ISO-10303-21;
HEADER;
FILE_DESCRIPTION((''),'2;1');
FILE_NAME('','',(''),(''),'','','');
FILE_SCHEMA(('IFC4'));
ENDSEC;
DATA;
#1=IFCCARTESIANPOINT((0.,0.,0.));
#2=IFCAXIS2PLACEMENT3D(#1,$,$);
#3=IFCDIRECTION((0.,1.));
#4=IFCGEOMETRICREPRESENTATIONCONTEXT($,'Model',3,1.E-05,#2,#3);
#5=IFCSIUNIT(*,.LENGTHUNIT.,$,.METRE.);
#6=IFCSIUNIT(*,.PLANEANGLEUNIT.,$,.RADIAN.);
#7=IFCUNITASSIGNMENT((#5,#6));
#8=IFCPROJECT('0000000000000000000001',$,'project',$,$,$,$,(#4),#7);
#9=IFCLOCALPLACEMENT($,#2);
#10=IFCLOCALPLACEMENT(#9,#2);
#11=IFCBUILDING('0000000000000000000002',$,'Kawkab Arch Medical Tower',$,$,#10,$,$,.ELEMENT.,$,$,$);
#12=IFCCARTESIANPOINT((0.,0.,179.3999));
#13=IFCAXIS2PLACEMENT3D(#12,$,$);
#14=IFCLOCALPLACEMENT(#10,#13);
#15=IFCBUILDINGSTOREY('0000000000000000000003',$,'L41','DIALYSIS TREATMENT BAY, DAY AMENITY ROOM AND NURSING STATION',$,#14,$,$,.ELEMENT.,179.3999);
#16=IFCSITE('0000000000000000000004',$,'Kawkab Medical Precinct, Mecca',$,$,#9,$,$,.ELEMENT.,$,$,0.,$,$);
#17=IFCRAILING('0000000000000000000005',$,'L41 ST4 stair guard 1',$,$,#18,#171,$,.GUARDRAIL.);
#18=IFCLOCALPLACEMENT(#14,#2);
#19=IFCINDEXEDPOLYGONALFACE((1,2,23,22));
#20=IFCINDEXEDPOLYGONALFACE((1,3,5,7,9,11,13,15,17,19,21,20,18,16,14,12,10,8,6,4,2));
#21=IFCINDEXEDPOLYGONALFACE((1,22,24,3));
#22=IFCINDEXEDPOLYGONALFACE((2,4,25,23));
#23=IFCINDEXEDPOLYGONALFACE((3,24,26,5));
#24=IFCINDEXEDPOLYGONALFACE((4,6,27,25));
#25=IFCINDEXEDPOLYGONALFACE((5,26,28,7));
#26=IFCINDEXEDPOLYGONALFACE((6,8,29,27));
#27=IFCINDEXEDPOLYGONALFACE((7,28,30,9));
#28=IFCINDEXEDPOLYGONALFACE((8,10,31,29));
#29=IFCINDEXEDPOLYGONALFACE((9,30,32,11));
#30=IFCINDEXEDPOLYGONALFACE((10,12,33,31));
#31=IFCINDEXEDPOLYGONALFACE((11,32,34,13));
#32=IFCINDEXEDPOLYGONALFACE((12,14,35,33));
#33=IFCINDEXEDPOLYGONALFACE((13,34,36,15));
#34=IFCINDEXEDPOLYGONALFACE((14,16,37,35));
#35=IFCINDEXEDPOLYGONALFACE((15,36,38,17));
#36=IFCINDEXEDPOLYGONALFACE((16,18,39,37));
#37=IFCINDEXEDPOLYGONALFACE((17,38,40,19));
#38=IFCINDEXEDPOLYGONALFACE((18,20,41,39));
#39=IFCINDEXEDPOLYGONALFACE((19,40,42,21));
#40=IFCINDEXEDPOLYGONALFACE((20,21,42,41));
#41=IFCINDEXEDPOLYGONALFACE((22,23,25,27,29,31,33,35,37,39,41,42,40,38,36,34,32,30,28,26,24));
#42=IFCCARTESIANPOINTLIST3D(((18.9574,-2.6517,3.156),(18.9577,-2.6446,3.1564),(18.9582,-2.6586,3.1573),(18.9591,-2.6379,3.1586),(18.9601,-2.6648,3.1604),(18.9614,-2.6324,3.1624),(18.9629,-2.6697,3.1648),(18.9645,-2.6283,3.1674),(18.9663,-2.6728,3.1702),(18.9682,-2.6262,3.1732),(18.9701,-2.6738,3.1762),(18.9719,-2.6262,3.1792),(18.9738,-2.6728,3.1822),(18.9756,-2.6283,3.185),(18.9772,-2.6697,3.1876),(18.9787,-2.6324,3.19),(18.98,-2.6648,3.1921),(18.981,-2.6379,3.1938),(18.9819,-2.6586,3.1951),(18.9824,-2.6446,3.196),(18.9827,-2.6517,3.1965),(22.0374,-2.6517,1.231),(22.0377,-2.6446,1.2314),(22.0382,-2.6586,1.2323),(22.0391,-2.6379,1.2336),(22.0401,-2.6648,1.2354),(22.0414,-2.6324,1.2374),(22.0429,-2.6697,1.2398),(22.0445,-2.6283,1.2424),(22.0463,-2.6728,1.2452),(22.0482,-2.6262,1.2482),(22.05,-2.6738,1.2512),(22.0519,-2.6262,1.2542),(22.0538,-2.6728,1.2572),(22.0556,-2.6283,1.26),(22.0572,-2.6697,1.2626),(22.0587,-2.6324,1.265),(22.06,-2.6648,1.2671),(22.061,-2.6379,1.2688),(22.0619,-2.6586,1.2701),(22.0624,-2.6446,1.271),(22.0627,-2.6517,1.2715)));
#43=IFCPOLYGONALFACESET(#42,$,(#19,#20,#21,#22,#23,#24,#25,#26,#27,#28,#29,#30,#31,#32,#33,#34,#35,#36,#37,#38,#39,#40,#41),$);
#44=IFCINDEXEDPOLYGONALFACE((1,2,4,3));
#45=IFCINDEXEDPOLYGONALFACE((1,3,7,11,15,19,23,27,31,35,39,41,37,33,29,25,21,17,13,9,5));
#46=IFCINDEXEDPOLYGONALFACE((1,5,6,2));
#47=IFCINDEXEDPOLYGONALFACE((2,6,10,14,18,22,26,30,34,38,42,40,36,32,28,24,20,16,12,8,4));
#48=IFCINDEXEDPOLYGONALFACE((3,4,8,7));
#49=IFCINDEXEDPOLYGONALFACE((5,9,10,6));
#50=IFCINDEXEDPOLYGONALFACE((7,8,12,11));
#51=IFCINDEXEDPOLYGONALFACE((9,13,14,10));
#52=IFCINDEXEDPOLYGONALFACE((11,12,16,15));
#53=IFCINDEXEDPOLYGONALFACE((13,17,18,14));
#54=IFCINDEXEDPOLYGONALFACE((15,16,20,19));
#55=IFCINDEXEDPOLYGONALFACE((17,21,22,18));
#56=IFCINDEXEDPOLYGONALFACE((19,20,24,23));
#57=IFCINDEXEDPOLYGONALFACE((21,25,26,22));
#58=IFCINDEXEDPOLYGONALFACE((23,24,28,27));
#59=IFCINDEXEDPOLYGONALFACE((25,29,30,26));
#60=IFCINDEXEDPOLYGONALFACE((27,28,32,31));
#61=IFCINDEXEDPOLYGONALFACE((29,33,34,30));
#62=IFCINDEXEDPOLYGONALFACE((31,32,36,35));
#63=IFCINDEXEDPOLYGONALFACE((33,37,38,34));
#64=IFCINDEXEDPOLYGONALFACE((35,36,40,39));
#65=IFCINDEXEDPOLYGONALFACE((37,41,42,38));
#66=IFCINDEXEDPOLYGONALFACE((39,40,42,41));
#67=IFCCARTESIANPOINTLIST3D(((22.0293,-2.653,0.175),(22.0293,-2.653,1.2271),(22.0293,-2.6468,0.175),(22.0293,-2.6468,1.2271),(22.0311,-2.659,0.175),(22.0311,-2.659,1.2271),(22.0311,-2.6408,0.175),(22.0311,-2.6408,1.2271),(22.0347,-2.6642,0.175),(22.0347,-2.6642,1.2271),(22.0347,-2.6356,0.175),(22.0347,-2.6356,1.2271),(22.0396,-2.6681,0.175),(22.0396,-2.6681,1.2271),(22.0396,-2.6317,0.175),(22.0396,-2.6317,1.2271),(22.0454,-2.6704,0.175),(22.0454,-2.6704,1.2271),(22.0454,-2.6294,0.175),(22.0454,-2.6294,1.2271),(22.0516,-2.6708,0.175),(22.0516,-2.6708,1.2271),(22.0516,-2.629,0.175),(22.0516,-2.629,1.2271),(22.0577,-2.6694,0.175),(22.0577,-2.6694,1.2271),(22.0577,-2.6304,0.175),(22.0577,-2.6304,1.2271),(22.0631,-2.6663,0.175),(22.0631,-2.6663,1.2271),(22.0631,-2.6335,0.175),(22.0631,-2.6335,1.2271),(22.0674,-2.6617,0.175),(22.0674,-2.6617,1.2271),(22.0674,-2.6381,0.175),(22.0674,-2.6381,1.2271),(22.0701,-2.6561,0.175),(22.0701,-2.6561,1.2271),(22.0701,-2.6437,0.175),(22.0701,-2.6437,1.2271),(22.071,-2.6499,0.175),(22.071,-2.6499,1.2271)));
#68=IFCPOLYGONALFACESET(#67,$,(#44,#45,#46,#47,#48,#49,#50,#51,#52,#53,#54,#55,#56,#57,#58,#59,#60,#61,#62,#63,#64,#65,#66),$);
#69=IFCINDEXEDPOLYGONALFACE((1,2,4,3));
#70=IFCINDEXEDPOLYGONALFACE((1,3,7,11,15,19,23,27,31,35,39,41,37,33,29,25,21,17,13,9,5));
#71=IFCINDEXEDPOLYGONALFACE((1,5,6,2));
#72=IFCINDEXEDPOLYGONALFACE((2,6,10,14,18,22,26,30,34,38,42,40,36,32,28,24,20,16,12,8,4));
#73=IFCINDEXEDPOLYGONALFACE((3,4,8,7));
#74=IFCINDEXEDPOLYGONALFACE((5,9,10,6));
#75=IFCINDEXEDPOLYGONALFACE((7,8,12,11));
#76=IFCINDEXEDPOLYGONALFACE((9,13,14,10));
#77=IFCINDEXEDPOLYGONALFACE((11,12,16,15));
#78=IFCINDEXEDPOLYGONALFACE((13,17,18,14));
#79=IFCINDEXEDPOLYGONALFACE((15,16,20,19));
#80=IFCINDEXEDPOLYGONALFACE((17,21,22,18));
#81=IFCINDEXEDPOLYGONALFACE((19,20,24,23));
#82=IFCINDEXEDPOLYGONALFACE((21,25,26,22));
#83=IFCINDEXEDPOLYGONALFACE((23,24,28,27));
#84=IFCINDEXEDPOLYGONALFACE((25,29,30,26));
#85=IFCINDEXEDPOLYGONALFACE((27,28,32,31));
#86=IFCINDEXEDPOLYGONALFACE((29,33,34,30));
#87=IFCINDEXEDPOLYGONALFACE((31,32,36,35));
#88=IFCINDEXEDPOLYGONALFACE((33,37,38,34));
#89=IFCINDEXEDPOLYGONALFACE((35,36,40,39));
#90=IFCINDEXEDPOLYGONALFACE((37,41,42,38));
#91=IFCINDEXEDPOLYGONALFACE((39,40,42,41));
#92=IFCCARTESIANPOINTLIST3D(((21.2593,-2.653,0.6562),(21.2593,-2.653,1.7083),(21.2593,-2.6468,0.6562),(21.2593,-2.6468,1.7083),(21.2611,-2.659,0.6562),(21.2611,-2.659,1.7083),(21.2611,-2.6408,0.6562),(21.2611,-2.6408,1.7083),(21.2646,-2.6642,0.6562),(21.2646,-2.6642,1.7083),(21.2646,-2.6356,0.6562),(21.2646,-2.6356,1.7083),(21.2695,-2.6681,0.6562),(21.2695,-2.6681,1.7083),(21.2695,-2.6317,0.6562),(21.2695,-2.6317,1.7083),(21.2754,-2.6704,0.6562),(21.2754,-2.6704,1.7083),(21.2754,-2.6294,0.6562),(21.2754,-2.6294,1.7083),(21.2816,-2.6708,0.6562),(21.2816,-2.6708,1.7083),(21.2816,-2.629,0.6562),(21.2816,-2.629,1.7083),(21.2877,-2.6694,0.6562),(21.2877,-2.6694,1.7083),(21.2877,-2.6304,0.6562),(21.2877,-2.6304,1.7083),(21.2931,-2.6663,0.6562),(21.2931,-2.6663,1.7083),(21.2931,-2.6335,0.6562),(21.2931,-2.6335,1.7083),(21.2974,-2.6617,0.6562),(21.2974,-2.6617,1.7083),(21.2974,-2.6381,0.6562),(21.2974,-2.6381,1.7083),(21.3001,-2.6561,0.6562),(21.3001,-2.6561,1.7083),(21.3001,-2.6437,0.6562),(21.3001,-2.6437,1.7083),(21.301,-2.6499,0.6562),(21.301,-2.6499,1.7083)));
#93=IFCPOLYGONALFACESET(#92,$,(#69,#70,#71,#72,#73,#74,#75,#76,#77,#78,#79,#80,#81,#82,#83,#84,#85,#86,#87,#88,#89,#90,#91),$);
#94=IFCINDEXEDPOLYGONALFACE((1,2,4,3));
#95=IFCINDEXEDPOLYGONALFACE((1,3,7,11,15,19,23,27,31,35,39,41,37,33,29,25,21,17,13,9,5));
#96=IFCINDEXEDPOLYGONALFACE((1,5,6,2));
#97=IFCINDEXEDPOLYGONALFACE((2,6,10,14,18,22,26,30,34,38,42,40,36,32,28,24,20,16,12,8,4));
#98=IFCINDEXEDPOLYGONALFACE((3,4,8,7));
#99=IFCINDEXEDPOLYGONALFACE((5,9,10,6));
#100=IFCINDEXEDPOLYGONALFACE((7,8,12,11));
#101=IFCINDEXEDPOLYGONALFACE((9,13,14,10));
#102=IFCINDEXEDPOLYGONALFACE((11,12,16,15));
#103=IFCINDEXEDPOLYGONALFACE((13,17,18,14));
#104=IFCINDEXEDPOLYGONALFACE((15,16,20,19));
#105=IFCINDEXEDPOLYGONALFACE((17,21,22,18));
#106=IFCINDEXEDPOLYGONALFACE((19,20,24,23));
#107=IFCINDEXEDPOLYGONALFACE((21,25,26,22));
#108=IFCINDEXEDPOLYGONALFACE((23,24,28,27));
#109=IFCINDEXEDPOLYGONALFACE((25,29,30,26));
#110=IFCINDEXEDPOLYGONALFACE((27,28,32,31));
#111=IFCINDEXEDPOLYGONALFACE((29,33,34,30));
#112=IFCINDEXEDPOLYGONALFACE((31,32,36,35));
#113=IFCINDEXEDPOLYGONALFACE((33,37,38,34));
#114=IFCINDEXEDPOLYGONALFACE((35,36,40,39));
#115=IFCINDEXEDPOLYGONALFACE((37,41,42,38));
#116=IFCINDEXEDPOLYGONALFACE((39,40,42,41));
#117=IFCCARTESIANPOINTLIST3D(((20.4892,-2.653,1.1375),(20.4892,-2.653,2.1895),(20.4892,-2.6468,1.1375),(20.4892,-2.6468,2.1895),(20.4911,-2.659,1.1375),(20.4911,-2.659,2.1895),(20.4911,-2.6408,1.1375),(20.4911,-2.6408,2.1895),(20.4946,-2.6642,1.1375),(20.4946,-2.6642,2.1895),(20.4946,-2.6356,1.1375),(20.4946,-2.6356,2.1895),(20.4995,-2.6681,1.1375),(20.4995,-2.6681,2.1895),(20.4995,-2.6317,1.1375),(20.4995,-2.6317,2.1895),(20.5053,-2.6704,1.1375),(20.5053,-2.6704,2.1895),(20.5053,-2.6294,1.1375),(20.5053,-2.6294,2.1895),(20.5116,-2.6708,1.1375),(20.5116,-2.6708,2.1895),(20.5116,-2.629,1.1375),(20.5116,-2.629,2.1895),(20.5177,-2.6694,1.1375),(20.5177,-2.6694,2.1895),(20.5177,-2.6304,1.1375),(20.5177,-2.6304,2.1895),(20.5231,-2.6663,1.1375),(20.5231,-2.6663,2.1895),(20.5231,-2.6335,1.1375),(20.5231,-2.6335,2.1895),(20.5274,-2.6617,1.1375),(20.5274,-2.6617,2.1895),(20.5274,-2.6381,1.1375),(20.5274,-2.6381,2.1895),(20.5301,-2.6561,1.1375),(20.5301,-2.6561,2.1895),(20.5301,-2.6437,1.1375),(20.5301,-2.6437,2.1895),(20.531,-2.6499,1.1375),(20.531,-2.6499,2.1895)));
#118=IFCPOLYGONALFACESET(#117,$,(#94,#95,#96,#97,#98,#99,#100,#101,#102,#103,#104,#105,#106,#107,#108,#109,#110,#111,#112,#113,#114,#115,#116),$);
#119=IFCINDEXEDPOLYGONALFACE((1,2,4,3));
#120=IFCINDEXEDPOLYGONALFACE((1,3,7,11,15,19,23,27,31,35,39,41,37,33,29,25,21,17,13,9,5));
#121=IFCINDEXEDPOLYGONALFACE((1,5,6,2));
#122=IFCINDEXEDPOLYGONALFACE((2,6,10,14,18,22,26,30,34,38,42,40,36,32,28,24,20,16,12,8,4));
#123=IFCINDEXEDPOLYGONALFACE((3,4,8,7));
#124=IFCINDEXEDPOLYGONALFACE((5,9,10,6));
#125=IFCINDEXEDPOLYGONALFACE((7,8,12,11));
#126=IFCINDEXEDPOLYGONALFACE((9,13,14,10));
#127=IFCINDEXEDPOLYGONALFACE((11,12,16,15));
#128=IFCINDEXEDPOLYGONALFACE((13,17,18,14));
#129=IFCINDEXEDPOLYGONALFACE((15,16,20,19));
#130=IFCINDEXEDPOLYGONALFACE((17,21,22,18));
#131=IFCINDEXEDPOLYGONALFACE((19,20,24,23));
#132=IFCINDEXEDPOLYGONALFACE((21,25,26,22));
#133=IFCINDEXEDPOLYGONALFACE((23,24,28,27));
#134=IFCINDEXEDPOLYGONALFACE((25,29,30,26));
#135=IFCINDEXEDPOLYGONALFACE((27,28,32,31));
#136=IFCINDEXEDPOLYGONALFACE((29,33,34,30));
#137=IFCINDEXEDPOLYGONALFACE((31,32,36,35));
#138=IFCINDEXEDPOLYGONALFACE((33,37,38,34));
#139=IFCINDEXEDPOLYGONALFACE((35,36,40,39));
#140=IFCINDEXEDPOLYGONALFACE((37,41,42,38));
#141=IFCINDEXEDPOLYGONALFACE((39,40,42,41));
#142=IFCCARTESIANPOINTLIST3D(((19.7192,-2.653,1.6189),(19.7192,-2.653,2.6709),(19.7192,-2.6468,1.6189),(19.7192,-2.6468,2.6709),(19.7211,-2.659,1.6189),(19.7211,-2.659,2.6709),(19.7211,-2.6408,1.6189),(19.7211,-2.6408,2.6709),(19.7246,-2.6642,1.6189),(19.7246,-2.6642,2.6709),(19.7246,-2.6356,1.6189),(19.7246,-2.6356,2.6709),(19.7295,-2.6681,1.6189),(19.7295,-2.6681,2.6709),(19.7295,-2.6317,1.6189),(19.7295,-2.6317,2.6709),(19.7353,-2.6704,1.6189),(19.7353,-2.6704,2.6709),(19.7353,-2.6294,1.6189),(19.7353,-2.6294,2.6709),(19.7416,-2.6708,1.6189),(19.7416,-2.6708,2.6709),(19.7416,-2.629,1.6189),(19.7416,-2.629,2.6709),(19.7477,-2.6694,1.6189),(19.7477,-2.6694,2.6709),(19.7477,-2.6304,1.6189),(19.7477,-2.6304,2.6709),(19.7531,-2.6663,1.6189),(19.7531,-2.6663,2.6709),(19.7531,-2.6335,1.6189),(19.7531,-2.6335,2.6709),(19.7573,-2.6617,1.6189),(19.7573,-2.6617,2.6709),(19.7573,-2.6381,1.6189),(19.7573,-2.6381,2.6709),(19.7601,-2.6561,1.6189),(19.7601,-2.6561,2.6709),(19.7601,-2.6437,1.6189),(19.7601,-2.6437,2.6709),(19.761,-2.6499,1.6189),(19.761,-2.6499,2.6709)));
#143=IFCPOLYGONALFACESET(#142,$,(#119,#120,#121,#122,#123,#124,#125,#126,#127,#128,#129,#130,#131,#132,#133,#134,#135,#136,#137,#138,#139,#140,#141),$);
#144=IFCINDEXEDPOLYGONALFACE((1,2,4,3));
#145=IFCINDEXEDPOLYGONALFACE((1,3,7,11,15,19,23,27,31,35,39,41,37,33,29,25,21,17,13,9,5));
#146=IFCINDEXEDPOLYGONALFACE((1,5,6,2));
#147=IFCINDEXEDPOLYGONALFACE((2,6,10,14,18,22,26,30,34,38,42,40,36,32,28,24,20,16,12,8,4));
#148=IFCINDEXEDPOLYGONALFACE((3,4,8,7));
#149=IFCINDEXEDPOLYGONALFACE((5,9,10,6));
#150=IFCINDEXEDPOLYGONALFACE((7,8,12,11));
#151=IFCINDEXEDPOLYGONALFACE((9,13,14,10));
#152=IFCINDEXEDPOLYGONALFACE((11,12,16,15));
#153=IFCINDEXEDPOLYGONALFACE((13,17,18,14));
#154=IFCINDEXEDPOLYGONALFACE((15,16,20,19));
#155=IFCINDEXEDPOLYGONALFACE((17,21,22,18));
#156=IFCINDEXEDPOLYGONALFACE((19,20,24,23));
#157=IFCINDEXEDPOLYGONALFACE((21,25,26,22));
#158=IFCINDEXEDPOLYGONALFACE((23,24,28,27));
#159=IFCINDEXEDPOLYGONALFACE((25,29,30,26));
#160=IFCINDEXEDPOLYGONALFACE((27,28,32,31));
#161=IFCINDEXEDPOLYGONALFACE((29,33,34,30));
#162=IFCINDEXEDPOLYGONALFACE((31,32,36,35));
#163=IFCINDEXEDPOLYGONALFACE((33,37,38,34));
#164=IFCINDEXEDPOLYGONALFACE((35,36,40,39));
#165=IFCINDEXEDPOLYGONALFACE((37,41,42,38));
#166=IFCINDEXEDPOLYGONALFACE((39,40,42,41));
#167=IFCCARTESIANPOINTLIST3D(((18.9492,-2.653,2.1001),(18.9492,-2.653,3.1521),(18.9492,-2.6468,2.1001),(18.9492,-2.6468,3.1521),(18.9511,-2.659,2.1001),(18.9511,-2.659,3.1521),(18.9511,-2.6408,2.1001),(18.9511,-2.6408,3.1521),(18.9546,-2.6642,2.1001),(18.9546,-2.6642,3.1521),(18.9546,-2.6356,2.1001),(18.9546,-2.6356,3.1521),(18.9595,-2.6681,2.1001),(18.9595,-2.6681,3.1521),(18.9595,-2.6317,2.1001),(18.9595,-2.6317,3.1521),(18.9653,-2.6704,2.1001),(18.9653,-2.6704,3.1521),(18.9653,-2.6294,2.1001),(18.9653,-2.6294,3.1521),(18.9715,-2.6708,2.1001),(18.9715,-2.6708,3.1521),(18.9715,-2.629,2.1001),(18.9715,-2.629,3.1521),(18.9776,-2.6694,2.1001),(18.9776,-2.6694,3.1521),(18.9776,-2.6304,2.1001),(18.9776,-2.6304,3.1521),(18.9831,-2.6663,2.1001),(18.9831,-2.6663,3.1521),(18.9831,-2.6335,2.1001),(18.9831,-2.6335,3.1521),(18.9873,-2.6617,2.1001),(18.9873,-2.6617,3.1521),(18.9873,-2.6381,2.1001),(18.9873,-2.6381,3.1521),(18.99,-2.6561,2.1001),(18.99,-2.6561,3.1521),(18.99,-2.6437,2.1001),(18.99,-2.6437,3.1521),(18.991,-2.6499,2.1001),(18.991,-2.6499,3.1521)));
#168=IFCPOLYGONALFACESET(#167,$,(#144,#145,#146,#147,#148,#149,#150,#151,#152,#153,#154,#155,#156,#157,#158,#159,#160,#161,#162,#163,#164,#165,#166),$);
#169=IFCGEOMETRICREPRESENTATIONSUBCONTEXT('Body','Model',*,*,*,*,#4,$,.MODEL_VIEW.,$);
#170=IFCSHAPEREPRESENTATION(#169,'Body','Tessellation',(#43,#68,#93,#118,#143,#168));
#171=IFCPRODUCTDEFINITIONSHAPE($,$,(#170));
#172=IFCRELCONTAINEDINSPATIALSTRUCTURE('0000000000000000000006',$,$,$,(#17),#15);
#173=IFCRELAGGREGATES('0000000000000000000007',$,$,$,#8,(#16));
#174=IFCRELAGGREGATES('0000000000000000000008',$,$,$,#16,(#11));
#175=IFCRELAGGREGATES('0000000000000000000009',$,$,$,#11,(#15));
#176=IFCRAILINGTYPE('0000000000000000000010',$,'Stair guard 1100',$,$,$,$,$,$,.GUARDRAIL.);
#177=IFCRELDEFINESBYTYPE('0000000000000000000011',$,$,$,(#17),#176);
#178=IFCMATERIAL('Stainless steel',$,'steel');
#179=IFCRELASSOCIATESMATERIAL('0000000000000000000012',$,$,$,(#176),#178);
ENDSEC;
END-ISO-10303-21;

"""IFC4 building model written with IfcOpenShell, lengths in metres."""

from ifc_helpers import new_model, si_unit, direction, frame, origin, origin_2d, place, context, subcontext, project, spatial, circle, extrude, material, type_object, element, save


model = new_model("IFC4")

# Units and contexts
model_context = context("Model", 3, precision=1e-05, world=origin(), true_north=direction((0.0, 1.0)))
body_context = subcontext(model_context, "Body", "Model", "MODEL_VIEW")
ifc_project = project(units=[si_unit("LENGTHUNIT", "METRE"), si_unit("PLANEANGLEUNIT", "RADIAN")], contexts=[model_context])

# Site, building, storey
site_placement = place(None, origin())
site = spatial("IfcSite", under=ifc_project, at=site_placement, Name="Kawkab Medical Precinct, Mecca", CompositionType="ELEMENT", RefElevation=0.0)
building_placement = place(site_placement, origin())
building = spatial("IfcBuilding", under=site, at=building_placement, Name="Kawkab Arch Medical Tower", CompositionType="ELEMENT")
storey_placement = place(building_placement, frame((0.0, 0.0, 179.3999)))
storey = spatial("IfcBuildingStorey", under=building, at=storey_placement, Name="L41", Description="DIALYSIS TREATMENT BAY, DAY AMENITY ROOM AND NURSING STATION", CompositionType="ELEMENT", Elevation=179.3999)

# Railing
ifc_material_1 = material(Name="Stainless steel", Category="steel")
railing_type = type_object("IfcRailingType", Name="Stair guard 1100", PredefinedType="GUARDRAIL", material=ifc_material_1)
railing_1_placement = place(storey_placement, frame((22.05, -2.6499, 0.175)))
element("IfcRailing", 1, at=railing_1_placement, inside=storey, type_object=railing_type, Name="L41 ST4 stair guard 1", PredefinedType="GUARDRAIL", context=body_context, shape_type="SweptSolid", body=[
    extrude(circle(Radius=0.0239, at=origin_2d()), frame((0.0, 0.0, 1.0762), z_axis=(-0.847998, 0.0, 0.529999), x_axis=(0.0, -1.0, 0.0)), (0.0, 0.0, 1.0), 3.6321),
    extrude(circle(Radius=0.021, at=origin_2d()), origin(), (0.0, 0.0, 1.0), 1.052),
    extrude(circle(Radius=0.021, at=origin_2d()), frame((-0.77, 0.0, 0.4812)), (0.0, 0.0, 1.0), 1.052),
    extrude(circle(Radius=0.021, at=origin_2d()), frame((-1.54, 0.0, 0.9624)), (0.0, 0.0, 1.0), 1.052),
    extrude(circle(Radius=0.021, at=origin_2d()), frame((-2.3101, 0.0, 1.4438)), (0.0, 0.0, 1.0), 1.052),
    extrude(circle(Radius=0.021, at=origin_2d()), frame((-3.0801, 0.0, 1.925)), (0.0, 0.0, 1.0), 1.052),
])

save(model, "model.ifc")
